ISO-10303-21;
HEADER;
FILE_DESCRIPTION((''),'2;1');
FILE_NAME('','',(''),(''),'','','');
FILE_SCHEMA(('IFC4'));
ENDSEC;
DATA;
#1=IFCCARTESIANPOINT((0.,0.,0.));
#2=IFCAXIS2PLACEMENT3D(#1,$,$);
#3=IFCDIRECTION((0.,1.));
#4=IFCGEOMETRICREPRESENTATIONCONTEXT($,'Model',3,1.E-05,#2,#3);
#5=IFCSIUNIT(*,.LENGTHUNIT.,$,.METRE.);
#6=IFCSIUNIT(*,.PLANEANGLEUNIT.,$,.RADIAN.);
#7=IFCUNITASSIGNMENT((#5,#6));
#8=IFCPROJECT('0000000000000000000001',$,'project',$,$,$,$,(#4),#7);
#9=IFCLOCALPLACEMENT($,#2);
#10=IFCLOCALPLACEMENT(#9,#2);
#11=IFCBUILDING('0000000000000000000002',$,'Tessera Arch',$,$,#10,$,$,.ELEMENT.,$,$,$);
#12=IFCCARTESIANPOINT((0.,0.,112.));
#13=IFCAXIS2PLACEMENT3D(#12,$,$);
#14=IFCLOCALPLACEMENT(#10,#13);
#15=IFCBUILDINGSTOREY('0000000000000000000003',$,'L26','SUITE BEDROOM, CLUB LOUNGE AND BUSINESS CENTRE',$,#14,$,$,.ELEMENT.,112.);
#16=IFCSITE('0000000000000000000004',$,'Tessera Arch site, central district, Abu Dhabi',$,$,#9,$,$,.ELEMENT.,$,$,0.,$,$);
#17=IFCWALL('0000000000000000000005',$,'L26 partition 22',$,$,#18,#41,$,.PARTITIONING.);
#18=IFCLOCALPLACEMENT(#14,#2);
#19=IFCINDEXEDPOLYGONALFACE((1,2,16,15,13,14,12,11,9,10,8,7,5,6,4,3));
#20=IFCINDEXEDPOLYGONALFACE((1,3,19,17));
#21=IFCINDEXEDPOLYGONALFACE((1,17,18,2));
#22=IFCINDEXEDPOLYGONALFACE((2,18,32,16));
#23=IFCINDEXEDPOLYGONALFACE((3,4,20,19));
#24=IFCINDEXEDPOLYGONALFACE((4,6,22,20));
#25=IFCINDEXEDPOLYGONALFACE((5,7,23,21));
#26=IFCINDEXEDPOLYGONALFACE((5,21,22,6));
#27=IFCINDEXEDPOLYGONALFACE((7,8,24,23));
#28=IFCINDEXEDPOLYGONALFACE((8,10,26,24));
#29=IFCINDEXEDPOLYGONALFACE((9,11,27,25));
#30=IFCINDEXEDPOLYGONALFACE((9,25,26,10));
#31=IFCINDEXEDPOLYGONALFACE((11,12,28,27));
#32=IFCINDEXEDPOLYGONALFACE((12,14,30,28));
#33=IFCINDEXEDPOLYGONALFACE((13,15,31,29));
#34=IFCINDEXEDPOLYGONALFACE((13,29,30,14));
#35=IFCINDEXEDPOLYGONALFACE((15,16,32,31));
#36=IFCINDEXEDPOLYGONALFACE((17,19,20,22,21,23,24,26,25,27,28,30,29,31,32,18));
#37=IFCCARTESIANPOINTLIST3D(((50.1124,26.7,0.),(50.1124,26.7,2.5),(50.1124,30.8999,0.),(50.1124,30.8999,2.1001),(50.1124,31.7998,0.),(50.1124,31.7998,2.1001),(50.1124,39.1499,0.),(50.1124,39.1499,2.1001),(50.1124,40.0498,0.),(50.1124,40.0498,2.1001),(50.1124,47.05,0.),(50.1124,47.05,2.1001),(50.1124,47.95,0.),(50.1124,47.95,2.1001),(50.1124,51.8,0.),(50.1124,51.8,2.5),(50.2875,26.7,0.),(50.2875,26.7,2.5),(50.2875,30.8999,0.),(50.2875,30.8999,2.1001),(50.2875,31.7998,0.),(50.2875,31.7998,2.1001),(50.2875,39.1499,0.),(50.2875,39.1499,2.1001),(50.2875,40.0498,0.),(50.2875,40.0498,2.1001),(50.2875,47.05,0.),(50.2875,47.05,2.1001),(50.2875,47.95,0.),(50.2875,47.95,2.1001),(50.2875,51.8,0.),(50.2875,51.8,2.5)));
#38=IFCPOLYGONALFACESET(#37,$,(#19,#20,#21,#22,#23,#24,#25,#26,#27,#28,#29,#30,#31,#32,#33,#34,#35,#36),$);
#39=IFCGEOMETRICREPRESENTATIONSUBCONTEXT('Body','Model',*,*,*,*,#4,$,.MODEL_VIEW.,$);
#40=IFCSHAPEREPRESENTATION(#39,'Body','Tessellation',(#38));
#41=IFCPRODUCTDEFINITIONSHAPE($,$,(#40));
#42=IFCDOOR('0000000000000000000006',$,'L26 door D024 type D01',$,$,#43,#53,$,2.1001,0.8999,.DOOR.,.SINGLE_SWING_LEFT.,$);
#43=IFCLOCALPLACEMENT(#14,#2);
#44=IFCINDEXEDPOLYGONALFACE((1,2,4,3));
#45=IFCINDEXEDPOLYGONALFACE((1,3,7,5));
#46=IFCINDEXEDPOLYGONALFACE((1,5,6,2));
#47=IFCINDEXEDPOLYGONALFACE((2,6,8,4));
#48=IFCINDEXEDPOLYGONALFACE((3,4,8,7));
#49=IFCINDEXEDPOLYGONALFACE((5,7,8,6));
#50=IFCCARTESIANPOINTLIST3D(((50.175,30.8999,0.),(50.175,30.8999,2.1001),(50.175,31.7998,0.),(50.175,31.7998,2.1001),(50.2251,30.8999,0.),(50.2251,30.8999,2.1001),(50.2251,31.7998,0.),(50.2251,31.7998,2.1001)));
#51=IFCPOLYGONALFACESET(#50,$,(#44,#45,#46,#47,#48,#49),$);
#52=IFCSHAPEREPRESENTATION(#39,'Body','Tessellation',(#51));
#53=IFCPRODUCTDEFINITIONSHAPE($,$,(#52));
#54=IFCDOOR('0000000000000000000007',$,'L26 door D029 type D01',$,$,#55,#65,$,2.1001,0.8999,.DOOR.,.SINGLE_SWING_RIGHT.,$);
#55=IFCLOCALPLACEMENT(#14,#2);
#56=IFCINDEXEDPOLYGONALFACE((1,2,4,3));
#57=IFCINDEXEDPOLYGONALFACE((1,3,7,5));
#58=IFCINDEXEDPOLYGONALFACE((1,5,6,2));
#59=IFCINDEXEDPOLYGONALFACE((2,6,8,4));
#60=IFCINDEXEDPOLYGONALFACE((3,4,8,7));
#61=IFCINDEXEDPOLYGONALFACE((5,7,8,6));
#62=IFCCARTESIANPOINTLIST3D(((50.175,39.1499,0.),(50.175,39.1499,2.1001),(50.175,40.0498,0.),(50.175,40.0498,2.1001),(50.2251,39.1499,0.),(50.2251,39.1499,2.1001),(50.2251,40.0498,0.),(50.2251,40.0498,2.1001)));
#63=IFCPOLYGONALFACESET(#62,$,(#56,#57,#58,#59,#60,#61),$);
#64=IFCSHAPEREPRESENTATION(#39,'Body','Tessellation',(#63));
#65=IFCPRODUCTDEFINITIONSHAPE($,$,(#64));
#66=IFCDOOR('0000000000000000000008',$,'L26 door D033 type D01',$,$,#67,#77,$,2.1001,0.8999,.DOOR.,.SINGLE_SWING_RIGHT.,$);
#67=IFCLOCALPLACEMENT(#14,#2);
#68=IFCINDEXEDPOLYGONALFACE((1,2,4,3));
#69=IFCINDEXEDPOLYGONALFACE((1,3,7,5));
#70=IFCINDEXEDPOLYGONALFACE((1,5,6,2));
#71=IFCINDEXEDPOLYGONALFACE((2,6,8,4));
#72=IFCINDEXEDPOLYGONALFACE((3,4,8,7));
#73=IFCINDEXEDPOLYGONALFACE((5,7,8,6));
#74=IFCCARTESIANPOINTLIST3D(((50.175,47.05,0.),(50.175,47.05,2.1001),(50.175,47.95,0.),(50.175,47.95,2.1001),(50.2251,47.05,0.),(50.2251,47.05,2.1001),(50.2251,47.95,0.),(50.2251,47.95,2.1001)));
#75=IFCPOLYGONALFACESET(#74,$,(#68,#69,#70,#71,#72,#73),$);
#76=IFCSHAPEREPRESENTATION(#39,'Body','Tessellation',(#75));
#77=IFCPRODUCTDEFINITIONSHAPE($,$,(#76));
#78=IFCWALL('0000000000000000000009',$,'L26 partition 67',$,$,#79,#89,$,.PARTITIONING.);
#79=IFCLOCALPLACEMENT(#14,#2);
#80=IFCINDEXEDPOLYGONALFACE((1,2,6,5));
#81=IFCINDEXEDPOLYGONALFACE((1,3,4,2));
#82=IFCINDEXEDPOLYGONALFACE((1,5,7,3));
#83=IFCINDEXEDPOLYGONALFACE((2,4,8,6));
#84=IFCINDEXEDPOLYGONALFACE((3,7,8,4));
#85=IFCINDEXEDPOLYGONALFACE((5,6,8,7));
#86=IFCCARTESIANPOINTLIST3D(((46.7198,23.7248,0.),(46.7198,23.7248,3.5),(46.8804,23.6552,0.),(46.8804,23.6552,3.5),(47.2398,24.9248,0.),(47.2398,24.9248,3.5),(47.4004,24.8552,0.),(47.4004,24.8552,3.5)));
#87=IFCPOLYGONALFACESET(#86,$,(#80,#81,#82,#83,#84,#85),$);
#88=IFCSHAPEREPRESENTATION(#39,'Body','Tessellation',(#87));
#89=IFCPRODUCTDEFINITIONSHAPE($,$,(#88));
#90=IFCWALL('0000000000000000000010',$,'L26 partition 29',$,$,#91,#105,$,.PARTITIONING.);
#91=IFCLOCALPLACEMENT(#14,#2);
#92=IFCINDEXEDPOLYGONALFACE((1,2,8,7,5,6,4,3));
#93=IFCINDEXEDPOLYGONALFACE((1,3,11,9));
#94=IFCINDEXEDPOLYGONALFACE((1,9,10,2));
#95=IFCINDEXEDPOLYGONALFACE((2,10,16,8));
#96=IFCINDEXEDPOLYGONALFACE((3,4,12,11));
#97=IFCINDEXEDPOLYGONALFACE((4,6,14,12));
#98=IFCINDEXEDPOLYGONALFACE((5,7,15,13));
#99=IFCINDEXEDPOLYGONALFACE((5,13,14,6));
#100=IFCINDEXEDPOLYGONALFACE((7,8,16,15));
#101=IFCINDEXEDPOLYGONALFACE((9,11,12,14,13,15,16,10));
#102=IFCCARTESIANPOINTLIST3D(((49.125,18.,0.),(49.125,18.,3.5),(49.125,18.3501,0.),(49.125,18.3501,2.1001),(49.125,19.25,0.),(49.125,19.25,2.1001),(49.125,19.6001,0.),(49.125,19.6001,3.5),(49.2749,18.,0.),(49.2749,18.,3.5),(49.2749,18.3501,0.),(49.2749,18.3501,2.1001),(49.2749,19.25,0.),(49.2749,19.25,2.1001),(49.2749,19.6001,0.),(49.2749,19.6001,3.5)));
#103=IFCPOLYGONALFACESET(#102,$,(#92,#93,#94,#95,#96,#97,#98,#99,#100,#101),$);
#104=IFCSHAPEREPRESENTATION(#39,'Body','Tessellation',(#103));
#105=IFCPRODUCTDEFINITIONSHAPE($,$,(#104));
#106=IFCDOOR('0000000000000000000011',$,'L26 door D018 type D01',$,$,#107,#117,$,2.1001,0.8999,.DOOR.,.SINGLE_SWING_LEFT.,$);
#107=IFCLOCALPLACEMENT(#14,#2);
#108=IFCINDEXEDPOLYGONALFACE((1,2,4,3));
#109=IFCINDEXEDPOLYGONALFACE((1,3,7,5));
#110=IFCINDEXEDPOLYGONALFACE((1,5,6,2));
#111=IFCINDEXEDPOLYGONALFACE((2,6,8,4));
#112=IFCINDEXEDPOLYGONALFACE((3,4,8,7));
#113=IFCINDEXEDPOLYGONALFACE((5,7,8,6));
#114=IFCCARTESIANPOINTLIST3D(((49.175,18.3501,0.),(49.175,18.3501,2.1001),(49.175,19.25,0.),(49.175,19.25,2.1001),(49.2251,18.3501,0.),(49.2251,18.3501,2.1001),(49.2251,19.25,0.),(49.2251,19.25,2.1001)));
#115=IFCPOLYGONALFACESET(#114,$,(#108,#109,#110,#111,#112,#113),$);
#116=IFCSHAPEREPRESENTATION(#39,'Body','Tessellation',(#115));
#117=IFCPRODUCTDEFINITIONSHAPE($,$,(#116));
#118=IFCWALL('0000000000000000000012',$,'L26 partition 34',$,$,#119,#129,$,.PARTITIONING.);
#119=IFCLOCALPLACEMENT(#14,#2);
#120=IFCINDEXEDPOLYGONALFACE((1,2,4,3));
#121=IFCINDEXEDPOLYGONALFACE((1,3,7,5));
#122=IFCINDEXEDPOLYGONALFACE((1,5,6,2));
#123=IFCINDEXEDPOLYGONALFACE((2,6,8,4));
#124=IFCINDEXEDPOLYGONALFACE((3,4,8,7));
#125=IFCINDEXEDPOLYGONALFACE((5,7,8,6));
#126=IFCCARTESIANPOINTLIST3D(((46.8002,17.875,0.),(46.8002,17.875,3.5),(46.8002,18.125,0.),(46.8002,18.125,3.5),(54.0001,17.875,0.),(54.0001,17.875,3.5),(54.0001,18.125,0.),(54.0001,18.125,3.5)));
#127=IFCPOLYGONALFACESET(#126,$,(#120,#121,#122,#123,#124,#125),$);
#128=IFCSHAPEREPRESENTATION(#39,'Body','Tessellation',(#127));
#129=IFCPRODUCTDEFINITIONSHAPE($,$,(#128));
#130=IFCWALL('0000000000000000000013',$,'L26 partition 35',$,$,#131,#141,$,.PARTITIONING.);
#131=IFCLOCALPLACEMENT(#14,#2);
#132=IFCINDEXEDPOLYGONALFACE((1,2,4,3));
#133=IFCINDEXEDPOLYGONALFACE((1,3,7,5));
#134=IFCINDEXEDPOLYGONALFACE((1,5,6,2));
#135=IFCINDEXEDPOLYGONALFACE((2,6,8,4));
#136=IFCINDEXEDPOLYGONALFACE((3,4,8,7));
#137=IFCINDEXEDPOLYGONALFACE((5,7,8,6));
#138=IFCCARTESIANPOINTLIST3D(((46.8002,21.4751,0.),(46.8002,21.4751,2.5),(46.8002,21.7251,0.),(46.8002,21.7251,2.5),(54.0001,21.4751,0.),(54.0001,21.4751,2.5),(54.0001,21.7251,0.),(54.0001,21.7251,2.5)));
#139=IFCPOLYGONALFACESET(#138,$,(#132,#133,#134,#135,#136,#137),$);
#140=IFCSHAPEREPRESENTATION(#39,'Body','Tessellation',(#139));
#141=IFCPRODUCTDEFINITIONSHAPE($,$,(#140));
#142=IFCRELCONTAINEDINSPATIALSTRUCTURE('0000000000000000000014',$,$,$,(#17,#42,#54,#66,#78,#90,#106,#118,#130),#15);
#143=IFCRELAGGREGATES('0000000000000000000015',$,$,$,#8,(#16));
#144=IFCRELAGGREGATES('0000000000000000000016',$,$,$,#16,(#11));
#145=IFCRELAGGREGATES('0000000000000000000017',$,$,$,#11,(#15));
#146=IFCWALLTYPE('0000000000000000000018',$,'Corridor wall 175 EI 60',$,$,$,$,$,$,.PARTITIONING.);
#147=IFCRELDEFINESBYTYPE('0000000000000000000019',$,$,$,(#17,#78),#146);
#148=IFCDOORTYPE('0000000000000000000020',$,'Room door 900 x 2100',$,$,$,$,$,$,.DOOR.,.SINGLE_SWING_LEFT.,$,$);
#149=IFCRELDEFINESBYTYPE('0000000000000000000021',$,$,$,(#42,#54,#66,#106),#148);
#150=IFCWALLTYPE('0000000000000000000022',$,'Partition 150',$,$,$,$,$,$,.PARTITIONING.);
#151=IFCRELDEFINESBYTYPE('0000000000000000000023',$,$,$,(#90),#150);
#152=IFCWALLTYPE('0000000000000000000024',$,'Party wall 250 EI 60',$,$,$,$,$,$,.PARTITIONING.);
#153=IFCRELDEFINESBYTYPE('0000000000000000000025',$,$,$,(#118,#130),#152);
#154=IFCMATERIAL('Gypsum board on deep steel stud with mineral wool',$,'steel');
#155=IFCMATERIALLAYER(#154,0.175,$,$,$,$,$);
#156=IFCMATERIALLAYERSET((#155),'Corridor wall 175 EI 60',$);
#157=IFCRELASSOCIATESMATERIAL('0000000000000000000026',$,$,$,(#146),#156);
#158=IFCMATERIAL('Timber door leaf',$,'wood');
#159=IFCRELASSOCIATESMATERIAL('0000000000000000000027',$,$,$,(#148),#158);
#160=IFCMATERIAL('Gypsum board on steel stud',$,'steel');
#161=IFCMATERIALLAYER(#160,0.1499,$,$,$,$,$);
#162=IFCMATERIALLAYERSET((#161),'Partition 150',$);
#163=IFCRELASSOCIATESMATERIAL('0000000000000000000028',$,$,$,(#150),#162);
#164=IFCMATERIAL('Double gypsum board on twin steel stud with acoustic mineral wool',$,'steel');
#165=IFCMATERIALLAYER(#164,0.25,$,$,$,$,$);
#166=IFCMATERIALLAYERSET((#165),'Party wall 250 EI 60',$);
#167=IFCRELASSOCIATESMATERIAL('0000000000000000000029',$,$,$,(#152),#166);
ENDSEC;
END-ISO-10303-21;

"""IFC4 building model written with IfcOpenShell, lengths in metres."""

from ifc_helpers import new_model, si_unit, direction, frame, frame_2d, origin, place, context, subcontext, project, spatial, rectangle, extrude, material, layer, layer_set, type_object, element, fill, save


model = new_model("IFC4")

# Units and contexts
model_context = context("Model", 3, precision=1e-05, world=origin(), true_north=direction((0.0, 1.0)))
body_context = subcontext(model_context, "Body", "Model", "MODEL_VIEW")
ifc_project = project(units=[si_unit("LENGTHUNIT", "METRE"), si_unit("PLANEANGLEUNIT", "RADIAN")], contexts=[model_context])

# Site, building, storey
site_placement = place(None, origin())
site = spatial("IfcSite", under=ifc_project, at=site_placement, Name="Tessera Arch site, central district, Abu Dhabi", CompositionType="ELEMENT", RefElevation=0.0)
building_placement = place(site_placement, origin())
building = spatial("IfcBuilding", under=site, at=building_placement, Name="Tessera Arch", CompositionType="ELEMENT")
storey_placement = place(building_placement, frame((0.0, 0.0, 112.0)))
storey = spatial("IfcBuildingStorey", under=building, at=storey_placement, Name="L26", Description="SUITE BEDROOM, CLUB LOUNGE AND BUSINESS CENTRE", CompositionType="ELEMENT", Elevation=112.0)

# Shared definitions
ifc_material_1 = material(Name="Gypsum board on deep steel stud with mineral wool", Category="steel")
ifc_layer_1 = layer(ifc_material_1, 0.175)
ifc_layer_set_1 = layer_set([ifc_layer_1], Name="Corridor wall 175 EI 60")
wall_type_1 = type_object("IfcWallType", Name="Corridor wall 175 EI 60", PredefinedType="PARTITIONING", material=ifc_layer_set_1)

# Wall, openings, doors
wall_1_placement = place(storey_placement, frame((50.2, 26.7, 0.0), z_axis=(0.0, 0.0, 1.0), x_axis=(0.0, 1.0, 0.0)))
wall_1 = element("IfcWall", 1, at=wall_1_placement, inside=storey, type_object=wall_type_1, Name="L26 partition 22", PredefinedType="PARTITIONING", context=body_context, shape_type="SweptSolid", body=[
    extrude(rectangle(XDim=25.1001, YDim=0.175, at=frame_2d((12.55, 0.0))), origin(), (0.0, 0.0, 1.0), 2.5),
])
opening_1_placement = place(wall_1_placement, frame((4.2, 0.0, 0.0)))
opening_1 = element("IfcOpeningElement", 2, at=opening_1_placement, cuts=wall_1, PredefinedType="OPENING", context=body_context, shape_type="SweptSolid", body=[
    extrude(rectangle(XDim=0.8999, YDim=2.1001, at=frame_2d((0.45, 1.05))), frame((0.0, 0.0974, 0.0), z_axis=(0.0, -1.0, 0.0), x_axis=(1.0, 0.0, 0.0)), (0.0, 0.0, 1.0), 0.1951),
])
opening_2_placement = place(wall_1_placement, frame((12.45, 0.0, 0.0)))
opening_2 = element("IfcOpeningElement", 3, at=opening_2_placement, cuts=wall_1, PredefinedType="OPENING", context=body_context, shape_type="SweptSolid", body=[
    extrude(rectangle(XDim=0.8999, YDim=2.1001, at=frame_2d((0.45, 1.05))), frame((0.0, 0.0974, 0.0), z_axis=(0.0, -1.0, 0.0), x_axis=(1.0, 0.0, 0.0)), (0.0, 0.0, 1.0), 0.1951),
])
opening_3_placement = place(wall_1_placement, frame((20.3501, 0.0, 0.0)))
opening_3 = element("IfcOpeningElement", 4, at=opening_3_placement, cuts=wall_1, PredefinedType="OPENING", context=body_context, shape_type="SweptSolid", body=[
    extrude(rectangle(XDim=0.8999, YDim=2.1001, at=frame_2d((0.45, 1.05))), frame((0.0, 0.0974, 0.0), z_axis=(0.0, -1.0, 0.0), x_axis=(1.0, 0.0, 0.0)), (0.0, 0.0, 1.0), 0.1951),
])
ifc_material_2 = material(Name="Timber door leaf", Category="wood")
door_type_1 = type_object("IfcDoorType", Name="Room door 900 x 2100", OperationType="SINGLE_SWING_LEFT", PredefinedType="DOOR", material=ifc_material_2)
door_1_placement = place(opening_1_placement, origin())
door_1 = element("IfcDoor", 5, at=door_1_placement, inside=storey, type_object=door_type_1, Name="L26 door D024 type D01", OperationType="SINGLE_SWING_LEFT", OverallHeight=2.1001, OverallWidth=0.8999, PredefinedType="DOOR", context=body_context, shape_type="SweptSolid", body=[
    extrude(rectangle(XDim=0.8999, YDim=2.1001, at=frame_2d((0.45, 1.05))), frame((0.0, 0.0249, 0.0), z_axis=(0.0, -1.0, 0.0), x_axis=(1.0, 0.0, 0.0)), (0.0, 0.0, 1.0), 0.05),
])
fill(opening_1, door_1)
door_2_placement = place(opening_2_placement, origin())
door_2 = element("IfcDoor", 6, at=door_2_placement, inside=storey, type_object=door_type_1, Name="L26 door D029 type D01", OperationType="SINGLE_SWING_RIGHT", OverallHeight=2.1001, OverallWidth=0.8999, PredefinedType="DOOR", context=body_context, shape_type="SweptSolid", body=[
    extrude(rectangle(XDim=0.8999, YDim=2.1001, at=frame_2d((0.45, 1.05))), frame((0.0, 0.0249, 0.0), z_axis=(0.0, -1.0, 0.0), x_axis=(1.0, 0.0, 0.0)), (0.0, 0.0, 1.0), 0.05),
])
fill(opening_2, door_2)
door_3_placement = place(opening_3_placement, origin())
door_3 = element("IfcDoor", 7, at=door_3_placement, inside=storey, type_object=door_type_1, Name="L26 door D033 type D01", OperationType="SINGLE_SWING_RIGHT", OverallHeight=2.1001, OverallWidth=0.8999, PredefinedType="DOOR", context=body_context, shape_type="SweptSolid", body=[
    extrude(rectangle(XDim=0.8999, YDim=2.1001, at=frame_2d((0.45, 1.05))), frame((0.0, 0.0249, 0.0), z_axis=(0.0, -1.0, 0.0), x_axis=(1.0, 0.0, 0.0)), (0.0, 0.0, 1.0), 0.05),
])
fill(opening_3, door_3)

# Wall
wall_2_placement = place(storey_placement, frame((47.3201, 24.8899, 0.0), z_axis=(0.0, 0.0, 1.0), x_axis=(-0.397634, -0.917544, 0.0)))
element("IfcWall", 8, at=wall_2_placement, inside=storey, type_object=wall_type_1, Name="L26 partition 67", PredefinedType="PARTITIONING", context=body_context, shape_type="SweptSolid", body=[
    extrude(rectangle(XDim=1.3079, YDim=0.175, at=frame_2d((0.6538, 0.0))), origin(), (0.0, 0.0, 1.0), 3.5),
])

# Wall, opening, door
ifc_material_3 = material(Name="Gypsum board on steel stud", Category="steel")
ifc_layer_2 = layer(ifc_material_3, 0.1499)
ifc_layer_set_2 = layer_set([ifc_layer_2], Name="Partition 150")
wall_type_2 = type_object("IfcWallType", Name="Partition 150", PredefinedType="PARTITIONING", material=ifc_layer_set_2)
wall_3_placement = place(storey_placement, frame((49.2, 18.0, 0.0), z_axis=(0.0, 0.0, 1.0), x_axis=(0.0, 1.0, 0.0)))
wall_3 = element("IfcWall", 9, at=wall_3_placement, inside=storey, type_object=wall_type_2, Name="L26 partition 29", PredefinedType="PARTITIONING", context=body_context, shape_type="SweptSolid", body=[
    extrude(rectangle(XDim=1.6001, YDim=0.1499, at=frame_2d((0.8, 0.0))), origin(), (0.0, 0.0, 1.0), 3.5),
])
opening_4_placement = place(wall_3_placement, frame((0.3501, 0.0, 0.0)))
opening_4 = element("IfcOpeningElement", 10, at=opening_4_placement, cuts=wall_3, PredefinedType="OPENING", context=body_context, shape_type="SweptSolid", body=[
    extrude(rectangle(XDim=0.8999, YDim=2.1001, at=frame_2d((0.45, 1.05))), frame((0.0, 0.085, 0.0), z_axis=(0.0, -1.0, 0.0), x_axis=(1.0, 0.0, 0.0)), (0.0, 0.0, 1.0), 0.1699),
])
door_4_placement = place(opening_4_placement, origin())
door_4 = element("IfcDoor", 11, at=door_4_placement, inside=storey, type_object=door_type_1, Name="L26 door D018 type D01", OperationType="SINGLE_SWING_LEFT", OverallHeight=2.1001, OverallWidth=0.8999, PredefinedType="DOOR", context=body_context, shape_type="SweptSolid", body=[
    extrude(rectangle(XDim=0.8999, YDim=2.1001, at=frame_2d((0.45, 1.05))), frame((0.0, 0.0249, 0.0), z_axis=(0.0, -1.0, 0.0), x_axis=(1.0, 0.0, 0.0)), (0.0, 0.0, 1.0), 0.05),
])
fill(opening_4, door_4)

# Walls
ifc_material_4 = material(Name="Double gypsum board on twin steel stud with acoustic mineral wool", Category="steel")
ifc_layer_3 = layer(ifc_material_4, 0.25)
ifc_layer_set_3 = layer_set([ifc_layer_3], Name="Party wall 250 EI 60")
wall_type_3 = type_object("IfcWallType", Name="Party wall 250 EI 60", PredefinedType="PARTITIONING", material=ifc_layer_set_3)
wall_4_placement = place(storey_placement, frame((46.8, 18.0, 0.0), z_axis=(0.0, 0.0, 1.0), x_axis=(1.0, 0.0, 0.0)))
element("IfcWall", 12, at=wall_4_placement, inside=storey, type_object=wall_type_3, Name="L26 partition 34", PredefinedType="PARTITIONING", context=body_context, shape_type="SweptSolid", body=[
    extrude(rectangle(XDim=7.2, YDim=0.25, at=frame_2d((3.6001, 0.0))), origin(), (0.0, 0.0, 1.0), 3.5),
])
wall_5_placement = place(storey_placement, frame((46.8, 21.6001, 0.0), z_axis=(0.0, 0.0, 1.0), x_axis=(1.0, 0.0, 0.0)))
element("IfcWall", 13, at=wall_5_placement, inside=storey, type_object=wall_type_3, Name="L26 partition 35", PredefinedType="PARTITIONING", context=body_context, shape_type="SweptSolid", body=[
    extrude(rectangle(XDim=7.2, YDim=0.25, at=frame_2d((3.6001, 0.0))), origin(), (0.0, 0.0, 1.0), 2.5),
])

save(model, "model.ifc")
